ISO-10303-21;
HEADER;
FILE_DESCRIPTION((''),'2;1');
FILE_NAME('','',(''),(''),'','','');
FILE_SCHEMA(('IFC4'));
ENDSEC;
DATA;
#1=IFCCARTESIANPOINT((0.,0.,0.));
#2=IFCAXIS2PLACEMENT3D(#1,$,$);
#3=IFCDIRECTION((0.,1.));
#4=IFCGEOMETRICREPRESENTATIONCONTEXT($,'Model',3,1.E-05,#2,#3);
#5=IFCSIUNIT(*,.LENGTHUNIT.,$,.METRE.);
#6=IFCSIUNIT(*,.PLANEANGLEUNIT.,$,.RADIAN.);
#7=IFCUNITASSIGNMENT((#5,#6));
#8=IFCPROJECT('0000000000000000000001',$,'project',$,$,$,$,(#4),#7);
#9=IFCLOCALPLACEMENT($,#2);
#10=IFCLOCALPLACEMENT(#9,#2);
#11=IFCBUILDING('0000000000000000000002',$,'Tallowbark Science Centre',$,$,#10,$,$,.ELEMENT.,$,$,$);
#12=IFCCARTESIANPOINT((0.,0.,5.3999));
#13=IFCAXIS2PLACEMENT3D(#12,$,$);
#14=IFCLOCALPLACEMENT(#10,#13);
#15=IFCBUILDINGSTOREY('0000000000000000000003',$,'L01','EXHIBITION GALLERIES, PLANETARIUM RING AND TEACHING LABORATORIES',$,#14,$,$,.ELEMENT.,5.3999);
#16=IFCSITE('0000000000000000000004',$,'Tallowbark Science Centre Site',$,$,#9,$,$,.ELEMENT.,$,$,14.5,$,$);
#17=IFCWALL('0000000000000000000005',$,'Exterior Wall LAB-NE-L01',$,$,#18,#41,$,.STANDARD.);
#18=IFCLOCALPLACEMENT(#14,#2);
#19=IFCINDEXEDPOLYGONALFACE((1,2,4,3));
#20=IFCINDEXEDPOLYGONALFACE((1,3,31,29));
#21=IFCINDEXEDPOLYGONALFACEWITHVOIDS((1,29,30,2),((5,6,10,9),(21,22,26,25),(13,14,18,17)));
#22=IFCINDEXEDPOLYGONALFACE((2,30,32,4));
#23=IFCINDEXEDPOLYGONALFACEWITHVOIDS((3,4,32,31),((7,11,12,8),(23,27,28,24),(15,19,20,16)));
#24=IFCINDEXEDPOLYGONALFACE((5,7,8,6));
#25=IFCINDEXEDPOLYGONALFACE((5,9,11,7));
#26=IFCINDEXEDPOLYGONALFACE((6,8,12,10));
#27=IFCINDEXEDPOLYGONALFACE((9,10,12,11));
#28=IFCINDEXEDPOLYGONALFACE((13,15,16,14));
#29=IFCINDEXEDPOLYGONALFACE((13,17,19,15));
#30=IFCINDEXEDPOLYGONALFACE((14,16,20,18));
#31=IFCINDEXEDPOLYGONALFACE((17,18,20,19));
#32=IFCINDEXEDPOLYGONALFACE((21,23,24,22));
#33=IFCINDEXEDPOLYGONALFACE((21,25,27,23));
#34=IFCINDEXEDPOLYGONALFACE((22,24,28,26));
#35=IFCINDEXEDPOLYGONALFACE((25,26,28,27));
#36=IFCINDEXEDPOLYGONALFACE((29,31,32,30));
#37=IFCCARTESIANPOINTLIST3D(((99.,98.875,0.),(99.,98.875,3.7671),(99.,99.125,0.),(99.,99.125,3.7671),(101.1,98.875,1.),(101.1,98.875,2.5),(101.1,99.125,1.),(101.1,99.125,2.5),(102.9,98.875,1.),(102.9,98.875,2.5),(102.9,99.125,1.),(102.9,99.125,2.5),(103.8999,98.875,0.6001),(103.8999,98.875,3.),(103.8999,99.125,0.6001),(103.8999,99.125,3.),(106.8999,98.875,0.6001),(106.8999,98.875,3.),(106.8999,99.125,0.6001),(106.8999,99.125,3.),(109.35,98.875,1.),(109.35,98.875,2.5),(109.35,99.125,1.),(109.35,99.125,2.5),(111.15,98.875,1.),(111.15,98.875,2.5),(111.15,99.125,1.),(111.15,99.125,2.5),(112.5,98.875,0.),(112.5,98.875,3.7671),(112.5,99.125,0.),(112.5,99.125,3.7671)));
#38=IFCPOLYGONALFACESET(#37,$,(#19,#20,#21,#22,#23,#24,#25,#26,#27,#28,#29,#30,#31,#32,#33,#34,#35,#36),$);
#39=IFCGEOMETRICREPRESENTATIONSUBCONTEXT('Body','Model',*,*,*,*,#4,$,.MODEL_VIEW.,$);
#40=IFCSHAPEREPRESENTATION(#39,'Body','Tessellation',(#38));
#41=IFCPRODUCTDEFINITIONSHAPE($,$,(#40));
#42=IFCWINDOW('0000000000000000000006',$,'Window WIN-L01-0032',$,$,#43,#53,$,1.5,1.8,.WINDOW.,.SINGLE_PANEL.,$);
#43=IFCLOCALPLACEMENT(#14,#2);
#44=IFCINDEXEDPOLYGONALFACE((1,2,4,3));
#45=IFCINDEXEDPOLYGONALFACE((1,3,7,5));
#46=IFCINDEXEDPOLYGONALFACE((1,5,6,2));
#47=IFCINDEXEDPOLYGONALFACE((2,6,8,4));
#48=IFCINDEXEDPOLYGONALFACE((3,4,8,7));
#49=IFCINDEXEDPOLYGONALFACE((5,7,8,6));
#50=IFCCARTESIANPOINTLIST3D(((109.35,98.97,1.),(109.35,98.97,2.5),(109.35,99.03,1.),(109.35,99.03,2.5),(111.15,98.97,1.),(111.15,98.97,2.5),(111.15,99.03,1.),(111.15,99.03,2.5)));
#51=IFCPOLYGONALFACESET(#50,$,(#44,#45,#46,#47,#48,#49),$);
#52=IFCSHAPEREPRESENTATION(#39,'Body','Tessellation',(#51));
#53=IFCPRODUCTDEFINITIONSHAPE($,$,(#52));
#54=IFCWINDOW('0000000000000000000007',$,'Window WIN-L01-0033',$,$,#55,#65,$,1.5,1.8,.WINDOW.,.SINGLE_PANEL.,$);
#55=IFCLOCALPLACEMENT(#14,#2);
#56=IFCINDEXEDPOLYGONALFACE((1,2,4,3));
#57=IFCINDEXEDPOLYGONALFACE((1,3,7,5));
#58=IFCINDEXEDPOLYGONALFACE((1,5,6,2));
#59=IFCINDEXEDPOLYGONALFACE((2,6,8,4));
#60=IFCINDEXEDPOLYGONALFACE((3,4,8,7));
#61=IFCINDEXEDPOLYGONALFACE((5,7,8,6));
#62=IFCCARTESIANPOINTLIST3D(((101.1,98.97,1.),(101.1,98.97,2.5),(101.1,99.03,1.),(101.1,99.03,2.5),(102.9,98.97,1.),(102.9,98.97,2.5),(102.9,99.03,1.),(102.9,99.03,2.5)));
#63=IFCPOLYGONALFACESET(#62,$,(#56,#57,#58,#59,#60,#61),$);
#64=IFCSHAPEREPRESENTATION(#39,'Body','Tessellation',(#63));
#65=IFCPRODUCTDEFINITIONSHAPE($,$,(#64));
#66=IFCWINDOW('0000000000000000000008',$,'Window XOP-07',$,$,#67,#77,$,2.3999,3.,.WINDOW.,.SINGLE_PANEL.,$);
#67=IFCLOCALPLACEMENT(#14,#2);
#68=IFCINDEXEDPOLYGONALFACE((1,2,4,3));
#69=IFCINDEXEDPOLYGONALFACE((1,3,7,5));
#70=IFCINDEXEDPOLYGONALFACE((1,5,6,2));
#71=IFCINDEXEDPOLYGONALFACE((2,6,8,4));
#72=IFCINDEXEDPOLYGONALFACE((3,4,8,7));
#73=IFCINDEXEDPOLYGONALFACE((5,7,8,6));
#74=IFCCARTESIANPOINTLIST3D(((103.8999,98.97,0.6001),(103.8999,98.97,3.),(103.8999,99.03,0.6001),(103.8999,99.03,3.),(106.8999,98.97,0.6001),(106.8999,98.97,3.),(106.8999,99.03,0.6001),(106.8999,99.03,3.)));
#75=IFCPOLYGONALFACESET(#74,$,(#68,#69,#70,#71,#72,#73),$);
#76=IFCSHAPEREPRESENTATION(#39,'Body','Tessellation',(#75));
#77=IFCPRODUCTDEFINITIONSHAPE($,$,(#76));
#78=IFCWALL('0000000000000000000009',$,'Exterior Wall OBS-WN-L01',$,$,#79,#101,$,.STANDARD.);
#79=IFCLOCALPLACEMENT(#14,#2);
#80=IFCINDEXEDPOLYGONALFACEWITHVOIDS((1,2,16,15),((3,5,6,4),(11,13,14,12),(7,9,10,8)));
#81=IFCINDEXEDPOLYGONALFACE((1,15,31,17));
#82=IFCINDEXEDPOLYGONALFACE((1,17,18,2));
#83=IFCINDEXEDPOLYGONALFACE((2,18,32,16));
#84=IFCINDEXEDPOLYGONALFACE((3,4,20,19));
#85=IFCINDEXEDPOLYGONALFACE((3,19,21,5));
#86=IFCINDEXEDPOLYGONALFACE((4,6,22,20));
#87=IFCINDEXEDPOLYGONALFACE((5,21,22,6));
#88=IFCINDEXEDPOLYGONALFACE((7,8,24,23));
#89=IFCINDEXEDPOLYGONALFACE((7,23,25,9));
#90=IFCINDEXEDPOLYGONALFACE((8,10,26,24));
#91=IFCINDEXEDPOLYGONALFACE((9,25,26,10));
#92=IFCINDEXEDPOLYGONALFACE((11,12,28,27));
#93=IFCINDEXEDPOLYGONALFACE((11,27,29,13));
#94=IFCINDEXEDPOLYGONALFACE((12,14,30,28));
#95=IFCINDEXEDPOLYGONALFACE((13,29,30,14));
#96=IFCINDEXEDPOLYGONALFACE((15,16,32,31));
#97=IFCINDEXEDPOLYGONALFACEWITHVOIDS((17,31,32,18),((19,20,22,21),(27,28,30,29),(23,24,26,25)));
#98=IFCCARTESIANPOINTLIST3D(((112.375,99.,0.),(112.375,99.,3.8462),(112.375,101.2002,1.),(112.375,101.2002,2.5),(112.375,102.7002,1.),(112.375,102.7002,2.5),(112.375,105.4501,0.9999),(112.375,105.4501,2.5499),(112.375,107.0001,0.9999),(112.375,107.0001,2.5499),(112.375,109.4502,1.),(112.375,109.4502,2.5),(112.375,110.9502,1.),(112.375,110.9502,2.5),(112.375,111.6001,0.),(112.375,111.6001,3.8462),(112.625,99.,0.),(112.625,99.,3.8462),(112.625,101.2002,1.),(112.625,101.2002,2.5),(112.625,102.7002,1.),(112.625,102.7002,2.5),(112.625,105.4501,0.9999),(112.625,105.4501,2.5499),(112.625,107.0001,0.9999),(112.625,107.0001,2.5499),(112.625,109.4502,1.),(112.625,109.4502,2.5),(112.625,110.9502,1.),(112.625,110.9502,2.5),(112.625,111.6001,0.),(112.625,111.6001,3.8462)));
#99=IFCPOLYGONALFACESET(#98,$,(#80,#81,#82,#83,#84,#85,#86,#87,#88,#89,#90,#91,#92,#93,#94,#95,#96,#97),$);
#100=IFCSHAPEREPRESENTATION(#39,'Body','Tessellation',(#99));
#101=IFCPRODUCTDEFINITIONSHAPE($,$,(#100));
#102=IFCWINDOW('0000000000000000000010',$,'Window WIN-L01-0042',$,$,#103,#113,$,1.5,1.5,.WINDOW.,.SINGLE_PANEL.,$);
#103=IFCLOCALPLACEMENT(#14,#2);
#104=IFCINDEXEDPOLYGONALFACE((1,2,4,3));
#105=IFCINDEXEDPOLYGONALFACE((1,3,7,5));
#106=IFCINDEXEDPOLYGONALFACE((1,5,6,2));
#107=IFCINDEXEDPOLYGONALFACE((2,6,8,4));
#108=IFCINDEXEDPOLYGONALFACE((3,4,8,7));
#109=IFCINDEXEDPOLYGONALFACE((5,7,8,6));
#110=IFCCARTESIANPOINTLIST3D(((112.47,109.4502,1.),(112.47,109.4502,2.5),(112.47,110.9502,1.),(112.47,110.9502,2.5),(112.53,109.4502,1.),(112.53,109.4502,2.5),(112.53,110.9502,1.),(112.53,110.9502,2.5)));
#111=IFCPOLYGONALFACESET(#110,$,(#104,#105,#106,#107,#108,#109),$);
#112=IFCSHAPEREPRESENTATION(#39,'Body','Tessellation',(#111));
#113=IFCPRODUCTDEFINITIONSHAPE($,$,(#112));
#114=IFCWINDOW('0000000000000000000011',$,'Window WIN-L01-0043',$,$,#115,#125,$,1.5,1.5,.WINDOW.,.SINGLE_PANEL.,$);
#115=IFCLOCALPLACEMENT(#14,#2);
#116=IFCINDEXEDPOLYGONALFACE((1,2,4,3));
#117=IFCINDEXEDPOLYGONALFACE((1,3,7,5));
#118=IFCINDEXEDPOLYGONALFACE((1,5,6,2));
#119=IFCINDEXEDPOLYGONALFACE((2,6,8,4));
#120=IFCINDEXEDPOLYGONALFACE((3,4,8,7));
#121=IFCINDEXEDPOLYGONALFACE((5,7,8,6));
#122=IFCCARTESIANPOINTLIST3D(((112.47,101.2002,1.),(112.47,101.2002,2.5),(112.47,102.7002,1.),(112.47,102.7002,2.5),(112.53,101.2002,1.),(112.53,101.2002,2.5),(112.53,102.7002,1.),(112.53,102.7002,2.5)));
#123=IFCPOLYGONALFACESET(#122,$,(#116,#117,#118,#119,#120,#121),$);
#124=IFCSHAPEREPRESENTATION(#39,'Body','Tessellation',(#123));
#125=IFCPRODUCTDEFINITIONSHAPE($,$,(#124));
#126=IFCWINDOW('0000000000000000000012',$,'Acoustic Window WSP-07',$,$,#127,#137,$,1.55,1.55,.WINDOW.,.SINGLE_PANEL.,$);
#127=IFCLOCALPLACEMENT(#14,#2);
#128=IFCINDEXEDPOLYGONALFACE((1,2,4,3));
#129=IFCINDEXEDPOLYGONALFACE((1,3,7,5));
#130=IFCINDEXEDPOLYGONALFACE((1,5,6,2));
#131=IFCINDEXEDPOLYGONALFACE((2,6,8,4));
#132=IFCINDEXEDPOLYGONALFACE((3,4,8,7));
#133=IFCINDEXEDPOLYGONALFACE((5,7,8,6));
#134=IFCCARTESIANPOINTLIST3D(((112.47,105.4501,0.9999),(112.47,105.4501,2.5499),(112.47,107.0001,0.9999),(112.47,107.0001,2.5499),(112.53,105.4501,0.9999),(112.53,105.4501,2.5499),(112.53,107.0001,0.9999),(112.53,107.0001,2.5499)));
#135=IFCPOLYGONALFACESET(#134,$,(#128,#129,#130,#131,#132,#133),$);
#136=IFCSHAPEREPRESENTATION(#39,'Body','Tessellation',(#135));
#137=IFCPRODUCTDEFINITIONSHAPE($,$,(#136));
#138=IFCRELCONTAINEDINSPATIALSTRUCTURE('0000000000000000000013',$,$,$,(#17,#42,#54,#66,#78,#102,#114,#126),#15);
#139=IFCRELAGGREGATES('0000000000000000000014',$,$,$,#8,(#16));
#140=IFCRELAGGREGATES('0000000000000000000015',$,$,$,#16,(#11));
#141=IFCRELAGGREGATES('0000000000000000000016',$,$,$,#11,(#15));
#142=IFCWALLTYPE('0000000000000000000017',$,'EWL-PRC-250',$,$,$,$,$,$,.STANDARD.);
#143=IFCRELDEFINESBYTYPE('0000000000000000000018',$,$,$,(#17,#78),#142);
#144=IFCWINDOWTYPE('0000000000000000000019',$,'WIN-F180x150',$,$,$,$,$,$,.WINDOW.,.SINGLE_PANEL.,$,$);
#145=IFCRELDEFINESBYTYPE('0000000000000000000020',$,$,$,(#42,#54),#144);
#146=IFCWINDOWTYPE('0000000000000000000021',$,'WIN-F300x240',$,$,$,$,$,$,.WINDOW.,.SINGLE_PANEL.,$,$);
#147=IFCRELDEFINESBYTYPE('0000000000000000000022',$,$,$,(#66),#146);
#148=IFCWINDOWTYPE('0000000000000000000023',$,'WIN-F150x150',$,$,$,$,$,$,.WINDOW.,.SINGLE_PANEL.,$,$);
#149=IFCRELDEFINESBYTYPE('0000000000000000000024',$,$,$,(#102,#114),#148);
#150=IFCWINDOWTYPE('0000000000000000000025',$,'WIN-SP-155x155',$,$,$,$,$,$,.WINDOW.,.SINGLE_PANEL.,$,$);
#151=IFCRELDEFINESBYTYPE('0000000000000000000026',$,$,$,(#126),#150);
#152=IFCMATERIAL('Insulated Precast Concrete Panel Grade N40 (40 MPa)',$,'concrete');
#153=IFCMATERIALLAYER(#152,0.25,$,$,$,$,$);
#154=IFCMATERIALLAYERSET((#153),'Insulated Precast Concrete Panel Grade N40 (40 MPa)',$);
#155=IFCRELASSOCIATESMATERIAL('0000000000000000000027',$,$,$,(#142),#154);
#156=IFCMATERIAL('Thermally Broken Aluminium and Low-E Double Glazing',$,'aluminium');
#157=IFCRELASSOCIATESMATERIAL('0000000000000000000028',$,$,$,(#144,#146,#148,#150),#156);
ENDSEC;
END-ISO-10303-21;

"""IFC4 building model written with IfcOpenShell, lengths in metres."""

from ifc_helpers import new_model, si_unit, direction, frame, frame_2d, origin, place, context, subcontext, project, spatial, rectangle, extrude, material, layer, layer_set, type_object, element, fill, save


model = new_model("IFC4")

# Units and contexts
model_context = context("Model", 3, precision=1e-05, world=origin(), true_north=direction((0.0, 1.0)))
body_context = subcontext(model_context, "Body", "Model", "MODEL_VIEW")
ifc_project = project(units=[si_unit("LENGTHUNIT", "METRE"), si_unit("PLANEANGLEUNIT", "RADIAN")], contexts=[model_context])

# Site, building, storey
site_placement = place(None, origin())
site = spatial("IfcSite", under=ifc_project, at=site_placement, Name="Tallowbark Science Centre Site", CompositionType="ELEMENT", RefElevation=14.5)
building_placement = place(site_placement, origin())
building = spatial("IfcBuilding", under=site, at=building_placement, Name="Tallowbark Science Centre", CompositionType="ELEMENT")
storey_placement = place(building_placement, frame((0.0, 0.0, 5.3999)))
storey = spatial("IfcBuildingStorey", under=building, at=storey_placement, Name="L01", Description="EXHIBITION GALLERIES, PLANETARIUM RING AND TEACHING LABORATORIES", CompositionType="ELEMENT", Elevation=5.3999)

# Walls, openings, windows
ifc_material_1 = material(Name="Insulated Precast Concrete Panel Grade N40 (40 MPa)", Category="concrete")
ifc_layer_1 = layer(ifc_material_1, 0.25)
ifc_layer_set_1 = layer_set([ifc_layer_1], Name="Insulated Precast Concrete Panel Grade N40 (40 MPa)")
wall_type_1 = type_object("IfcWallType", Name="EWL-PRC-250", PredefinedType="STANDARD", material=ifc_layer_set_1)
wall_1_placement = place(storey_placement, frame((112.5, 99.0, 0.0), z_axis=(0.0, 0.0, 1.0), x_axis=(-1.0, 0.0, 0.0)))
wall_1 = element("IfcWall", 1, at=wall_1_placement, inside=storey, type_object=wall_type_1, Name="Exterior Wall LAB-NE-L01", PredefinedType="STANDARD", context=body_context, shape_type="SweptSolid", body=[
    extrude(rectangle(XDim=13.5, YDim=0.25, at=frame_2d((6.75, 0.0))), origin(), (0.0, 0.0, 1.0), 3.7671),
])
opening_1_placement = place(wall_1_placement, frame((1.3501, 0.0, 1.0)))
opening_1 = element("IfcOpeningElement", 2, at=opening_1_placement, cuts=wall_1, PredefinedType="OPENING", context=body_context, shape_type="SweptSolid", body=[
    extrude(rectangle(XDim=1.8, YDim=1.5, at=frame_2d((0.8999, 0.75))), frame((0.0, 0.135, 0.0), z_axis=(0.0, -1.0, 0.0), x_axis=(1.0, 0.0, 0.0)), (0.0, 0.0, 1.0), 0.27),
])
opening_2_placement = place(wall_1_placement, frame((9.6001, 0.0, 1.0)))
opening_2 = element("IfcOpeningElement", 3, at=opening_2_placement, cuts=wall_1, PredefinedType="OPENING", context=body_context, shape_type="SweptSolid", body=[
    extrude(rectangle(XDim=1.8, YDim=1.5, at=frame_2d((0.8999, 0.75))), frame((0.0, 0.135, 0.0), z_axis=(0.0, -1.0, 0.0), x_axis=(1.0, 0.0, 0.0)), (0.0, 0.0, 1.0), 0.27),
])
opening_3_placement = place(wall_1_placement, frame((5.6001, 0.0, 0.6001)))
opening_3 = element("IfcOpeningElement", 4, at=opening_3_placement, cuts=wall_1, PredefinedType="OPENING", context=body_context, shape_type="SweptSolid", body=[
    extrude(rectangle(XDim=3.0, YDim=2.3999, at=frame_2d((1.5, 1.2))), frame((0.0, 0.135, 0.0), z_axis=(0.0, -1.0, 0.0), x_axis=(1.0, 0.0, 0.0)), (0.0, 0.0, 1.0), 0.27),
])
ifc_material_2 = material(Name="Thermally Broken Aluminium and Low-E Double Glazing", Category="aluminium")
window_type_1 = type_object("IfcWindowType", Name="WIN-F180x150", PartitioningType="SINGLE_PANEL", PredefinedType="WINDOW", material=ifc_material_2)
window_1_placement = place(opening_1_placement, origin())
window_1 = element("IfcWindow", 5, at=window_1_placement, inside=storey, type_object=window_type_1, Name="Window WIN-L01-0032", OverallHeight=1.5, OverallWidth=1.8, PartitioningType="SINGLE_PANEL", PredefinedType="WINDOW", context=body_context, shape_type="SweptSolid", body=[
    extrude(rectangle(XDim=1.8, YDim=1.5, at=frame_2d((0.8999, 0.75))), frame((0.0, 0.03, 0.0), z_axis=(0.0, -1.0, 0.0), x_axis=(1.0, 0.0, 0.0)), (0.0, 0.0, 1.0), 0.0601),
])
fill(opening_1, window_1)
window_2_placement = place(opening_2_placement, origin())
window_2 = element("IfcWindow", 6, at=window_2_placement, inside=storey, type_object=window_type_1, Name="Window WIN-L01-0033", OverallHeight=1.5, OverallWidth=1.8, PartitioningType="SINGLE_PANEL", PredefinedType="WINDOW", context=body_context, shape_type="SweptSolid", body=[
    extrude(rectangle(XDim=1.8, YDim=1.5, at=frame_2d((0.8999, 0.75))), frame((0.0, 0.03, 0.0), z_axis=(0.0, -1.0, 0.0), x_axis=(1.0, 0.0, 0.0)), (0.0, 0.0, 1.0), 0.0601),
])
fill(opening_2, window_2)
window_type_2 = type_object("IfcWindowType", Name="WIN-F300x240", PartitioningType="SINGLE_PANEL", PredefinedType="WINDOW", material=ifc_material_2)
window_3_placement = place(opening_3_placement, origin())
window_3 = element("IfcWindow", 7, at=window_3_placement, inside=storey, type_object=window_type_2, Name="Window XOP-07", OverallHeight=2.3999, OverallWidth=3.0, PartitioningType="SINGLE_PANEL", PredefinedType="WINDOW", context=body_context, shape_type="SweptSolid", body=[
    extrude(rectangle(XDim=3.0, YDim=2.3999, at=frame_2d((1.5, 1.2))), frame((0.0, 0.03, 0.0), z_axis=(0.0, -1.0, 0.0), x_axis=(1.0, 0.0, 0.0)), (0.0, 0.0, 1.0), 0.0601),
])
fill(opening_3, window_3)
wall_2_placement = place(storey_placement, frame((112.5, 111.6001, 0.0), z_axis=(0.0, 0.0, 1.0), x_axis=(0.0, -1.0, 0.0)))
wall_2 = element("IfcWall", 8, at=wall_2_placement, inside=storey, type_object=wall_type_1, Name="Exterior Wall OBS-WN-L01", PredefinedType="STANDARD", context=body_context, shape_type="SweptSolid", body=[
    extrude(rectangle(XDim=12.6001, YDim=0.25, at=frame_2d((6.3, 0.0))), origin(), (0.0, 0.0, 1.0), 3.8462),
])
opening_4_placement = place(wall_2_placement, frame((0.6499, 0.0, 1.0)))
opening_4 = element("IfcOpeningElement", 9, at=opening_4_placement, cuts=wall_2, PredefinedType="OPENING", context=body_context, shape_type="SweptSolid", body=[
    extrude(rectangle(XDim=1.5, YDim=1.5, at=frame_2d((0.75, 0.75))), frame((0.0, 0.135, 0.0), z_axis=(0.0, -1.0, 0.0), x_axis=(1.0, 0.0, 0.0)), (0.0, 0.0, 1.0), 0.27),
])
opening_5_placement = place(wall_2_placement, frame((8.8999, 0.0, 1.0)))
opening_5 = element("IfcOpeningElement", 10, at=opening_5_placement, cuts=wall_2, PredefinedType="OPENING", context=body_context, shape_type="SweptSolid", body=[
    extrude(rectangle(XDim=1.5, YDim=1.5, at=frame_2d((0.75, 0.75))), frame((0.0, 0.135, 0.0), z_axis=(0.0, -1.0, 0.0), x_axis=(1.0, 0.0, 0.0)), (0.0, 0.0, 1.0), 0.27),
])
opening_6_placement = place(wall_2_placement, frame((4.6001, 0.0, 1.0)))
opening_6 = element("IfcOpeningElement", 11, at=opening_6_placement, cuts=wall_2, PredefinedType="OPENING", context=body_context, shape_type="SweptSolid", body=[
    extrude(rectangle(XDim=1.55, YDim=1.55, at=frame_2d((0.7749, 0.7749))), frame((0.0, 0.135, 0.0), z_axis=(0.0, -1.0, 0.0), x_axis=(1.0, 0.0, 0.0)), (0.0, 0.0, 1.0), 0.27),
])
window_type_3 = type_object("IfcWindowType", Name="WIN-F150x150", PartitioningType="SINGLE_PANEL", PredefinedType="WINDOW", material=ifc_material_2)
window_4_placement = place(opening_4_placement, origin())
window_4 = element("IfcWindow", 12, at=window_4_placement, inside=storey, type_object=window_type_3, Name="Window WIN-L01-0042", OverallHeight=1.5, OverallWidth=1.5, PartitioningType="SINGLE_PANEL", PredefinedType="WINDOW", context=body_context, shape_type="SweptSolid", body=[
    extrude(rectangle(XDim=1.5, YDim=1.5, at=frame_2d((0.75, 0.75))), frame((0.0, 0.03, 0.0), z_axis=(0.0, -1.0, 0.0), x_axis=(1.0, 0.0, 0.0)), (0.0, 0.0, 1.0), 0.0601),
])
fill(opening_4, window_4)
window_5_placement = place(opening_5_placement, origin())
window_5 = element("IfcWindow", 13, at=window_5_placement, inside=storey, type_object=window_type_3, Name="Window WIN-L01-0043", OverallHeight=1.5, OverallWidth=1.5, PartitioningType="SINGLE_PANEL", PredefinedType="WINDOW", context=body_context, shape_type="SweptSolid", body=[
    extrude(rectangle(XDim=1.5, YDim=1.5, at=frame_2d((0.75, 0.75))), frame((0.0, 0.03, 0.0), z_axis=(0.0, -1.0, 0.0), x_axis=(1.0, 0.0, 0.0)), (0.0, 0.0, 1.0), 0.0601),
])
fill(opening_5, window_5)
window_type_4 = type_object("IfcWindowType", Name="WIN-SP-155x155", PartitioningType="SINGLE_PANEL", PredefinedType="WINDOW", material=ifc_material_2)
window_6_placement = place(opening_6_placement, origin())
window_6 = element("IfcWindow", 14, at=window_6_placement, inside=storey, type_object=window_type_4, Name="Acoustic Window WSP-07", OverallHeight=1.55, OverallWidth=1.55, PartitioningType="SINGLE_PANEL", PredefinedType="WINDOW", context=body_context, shape_type="SweptSolid", body=[
    extrude(rectangle(XDim=1.55, YDim=1.55, at=frame_2d((0.7749, 0.7749))), frame((0.0, 0.03, 0.0), z_axis=(0.0, -1.0, 0.0), x_axis=(1.0, 0.0, 0.0)), (0.0, 0.0, 1.0), 0.0601),
])
fill(opening_6, window_6)

save(model, "model.ifc")
